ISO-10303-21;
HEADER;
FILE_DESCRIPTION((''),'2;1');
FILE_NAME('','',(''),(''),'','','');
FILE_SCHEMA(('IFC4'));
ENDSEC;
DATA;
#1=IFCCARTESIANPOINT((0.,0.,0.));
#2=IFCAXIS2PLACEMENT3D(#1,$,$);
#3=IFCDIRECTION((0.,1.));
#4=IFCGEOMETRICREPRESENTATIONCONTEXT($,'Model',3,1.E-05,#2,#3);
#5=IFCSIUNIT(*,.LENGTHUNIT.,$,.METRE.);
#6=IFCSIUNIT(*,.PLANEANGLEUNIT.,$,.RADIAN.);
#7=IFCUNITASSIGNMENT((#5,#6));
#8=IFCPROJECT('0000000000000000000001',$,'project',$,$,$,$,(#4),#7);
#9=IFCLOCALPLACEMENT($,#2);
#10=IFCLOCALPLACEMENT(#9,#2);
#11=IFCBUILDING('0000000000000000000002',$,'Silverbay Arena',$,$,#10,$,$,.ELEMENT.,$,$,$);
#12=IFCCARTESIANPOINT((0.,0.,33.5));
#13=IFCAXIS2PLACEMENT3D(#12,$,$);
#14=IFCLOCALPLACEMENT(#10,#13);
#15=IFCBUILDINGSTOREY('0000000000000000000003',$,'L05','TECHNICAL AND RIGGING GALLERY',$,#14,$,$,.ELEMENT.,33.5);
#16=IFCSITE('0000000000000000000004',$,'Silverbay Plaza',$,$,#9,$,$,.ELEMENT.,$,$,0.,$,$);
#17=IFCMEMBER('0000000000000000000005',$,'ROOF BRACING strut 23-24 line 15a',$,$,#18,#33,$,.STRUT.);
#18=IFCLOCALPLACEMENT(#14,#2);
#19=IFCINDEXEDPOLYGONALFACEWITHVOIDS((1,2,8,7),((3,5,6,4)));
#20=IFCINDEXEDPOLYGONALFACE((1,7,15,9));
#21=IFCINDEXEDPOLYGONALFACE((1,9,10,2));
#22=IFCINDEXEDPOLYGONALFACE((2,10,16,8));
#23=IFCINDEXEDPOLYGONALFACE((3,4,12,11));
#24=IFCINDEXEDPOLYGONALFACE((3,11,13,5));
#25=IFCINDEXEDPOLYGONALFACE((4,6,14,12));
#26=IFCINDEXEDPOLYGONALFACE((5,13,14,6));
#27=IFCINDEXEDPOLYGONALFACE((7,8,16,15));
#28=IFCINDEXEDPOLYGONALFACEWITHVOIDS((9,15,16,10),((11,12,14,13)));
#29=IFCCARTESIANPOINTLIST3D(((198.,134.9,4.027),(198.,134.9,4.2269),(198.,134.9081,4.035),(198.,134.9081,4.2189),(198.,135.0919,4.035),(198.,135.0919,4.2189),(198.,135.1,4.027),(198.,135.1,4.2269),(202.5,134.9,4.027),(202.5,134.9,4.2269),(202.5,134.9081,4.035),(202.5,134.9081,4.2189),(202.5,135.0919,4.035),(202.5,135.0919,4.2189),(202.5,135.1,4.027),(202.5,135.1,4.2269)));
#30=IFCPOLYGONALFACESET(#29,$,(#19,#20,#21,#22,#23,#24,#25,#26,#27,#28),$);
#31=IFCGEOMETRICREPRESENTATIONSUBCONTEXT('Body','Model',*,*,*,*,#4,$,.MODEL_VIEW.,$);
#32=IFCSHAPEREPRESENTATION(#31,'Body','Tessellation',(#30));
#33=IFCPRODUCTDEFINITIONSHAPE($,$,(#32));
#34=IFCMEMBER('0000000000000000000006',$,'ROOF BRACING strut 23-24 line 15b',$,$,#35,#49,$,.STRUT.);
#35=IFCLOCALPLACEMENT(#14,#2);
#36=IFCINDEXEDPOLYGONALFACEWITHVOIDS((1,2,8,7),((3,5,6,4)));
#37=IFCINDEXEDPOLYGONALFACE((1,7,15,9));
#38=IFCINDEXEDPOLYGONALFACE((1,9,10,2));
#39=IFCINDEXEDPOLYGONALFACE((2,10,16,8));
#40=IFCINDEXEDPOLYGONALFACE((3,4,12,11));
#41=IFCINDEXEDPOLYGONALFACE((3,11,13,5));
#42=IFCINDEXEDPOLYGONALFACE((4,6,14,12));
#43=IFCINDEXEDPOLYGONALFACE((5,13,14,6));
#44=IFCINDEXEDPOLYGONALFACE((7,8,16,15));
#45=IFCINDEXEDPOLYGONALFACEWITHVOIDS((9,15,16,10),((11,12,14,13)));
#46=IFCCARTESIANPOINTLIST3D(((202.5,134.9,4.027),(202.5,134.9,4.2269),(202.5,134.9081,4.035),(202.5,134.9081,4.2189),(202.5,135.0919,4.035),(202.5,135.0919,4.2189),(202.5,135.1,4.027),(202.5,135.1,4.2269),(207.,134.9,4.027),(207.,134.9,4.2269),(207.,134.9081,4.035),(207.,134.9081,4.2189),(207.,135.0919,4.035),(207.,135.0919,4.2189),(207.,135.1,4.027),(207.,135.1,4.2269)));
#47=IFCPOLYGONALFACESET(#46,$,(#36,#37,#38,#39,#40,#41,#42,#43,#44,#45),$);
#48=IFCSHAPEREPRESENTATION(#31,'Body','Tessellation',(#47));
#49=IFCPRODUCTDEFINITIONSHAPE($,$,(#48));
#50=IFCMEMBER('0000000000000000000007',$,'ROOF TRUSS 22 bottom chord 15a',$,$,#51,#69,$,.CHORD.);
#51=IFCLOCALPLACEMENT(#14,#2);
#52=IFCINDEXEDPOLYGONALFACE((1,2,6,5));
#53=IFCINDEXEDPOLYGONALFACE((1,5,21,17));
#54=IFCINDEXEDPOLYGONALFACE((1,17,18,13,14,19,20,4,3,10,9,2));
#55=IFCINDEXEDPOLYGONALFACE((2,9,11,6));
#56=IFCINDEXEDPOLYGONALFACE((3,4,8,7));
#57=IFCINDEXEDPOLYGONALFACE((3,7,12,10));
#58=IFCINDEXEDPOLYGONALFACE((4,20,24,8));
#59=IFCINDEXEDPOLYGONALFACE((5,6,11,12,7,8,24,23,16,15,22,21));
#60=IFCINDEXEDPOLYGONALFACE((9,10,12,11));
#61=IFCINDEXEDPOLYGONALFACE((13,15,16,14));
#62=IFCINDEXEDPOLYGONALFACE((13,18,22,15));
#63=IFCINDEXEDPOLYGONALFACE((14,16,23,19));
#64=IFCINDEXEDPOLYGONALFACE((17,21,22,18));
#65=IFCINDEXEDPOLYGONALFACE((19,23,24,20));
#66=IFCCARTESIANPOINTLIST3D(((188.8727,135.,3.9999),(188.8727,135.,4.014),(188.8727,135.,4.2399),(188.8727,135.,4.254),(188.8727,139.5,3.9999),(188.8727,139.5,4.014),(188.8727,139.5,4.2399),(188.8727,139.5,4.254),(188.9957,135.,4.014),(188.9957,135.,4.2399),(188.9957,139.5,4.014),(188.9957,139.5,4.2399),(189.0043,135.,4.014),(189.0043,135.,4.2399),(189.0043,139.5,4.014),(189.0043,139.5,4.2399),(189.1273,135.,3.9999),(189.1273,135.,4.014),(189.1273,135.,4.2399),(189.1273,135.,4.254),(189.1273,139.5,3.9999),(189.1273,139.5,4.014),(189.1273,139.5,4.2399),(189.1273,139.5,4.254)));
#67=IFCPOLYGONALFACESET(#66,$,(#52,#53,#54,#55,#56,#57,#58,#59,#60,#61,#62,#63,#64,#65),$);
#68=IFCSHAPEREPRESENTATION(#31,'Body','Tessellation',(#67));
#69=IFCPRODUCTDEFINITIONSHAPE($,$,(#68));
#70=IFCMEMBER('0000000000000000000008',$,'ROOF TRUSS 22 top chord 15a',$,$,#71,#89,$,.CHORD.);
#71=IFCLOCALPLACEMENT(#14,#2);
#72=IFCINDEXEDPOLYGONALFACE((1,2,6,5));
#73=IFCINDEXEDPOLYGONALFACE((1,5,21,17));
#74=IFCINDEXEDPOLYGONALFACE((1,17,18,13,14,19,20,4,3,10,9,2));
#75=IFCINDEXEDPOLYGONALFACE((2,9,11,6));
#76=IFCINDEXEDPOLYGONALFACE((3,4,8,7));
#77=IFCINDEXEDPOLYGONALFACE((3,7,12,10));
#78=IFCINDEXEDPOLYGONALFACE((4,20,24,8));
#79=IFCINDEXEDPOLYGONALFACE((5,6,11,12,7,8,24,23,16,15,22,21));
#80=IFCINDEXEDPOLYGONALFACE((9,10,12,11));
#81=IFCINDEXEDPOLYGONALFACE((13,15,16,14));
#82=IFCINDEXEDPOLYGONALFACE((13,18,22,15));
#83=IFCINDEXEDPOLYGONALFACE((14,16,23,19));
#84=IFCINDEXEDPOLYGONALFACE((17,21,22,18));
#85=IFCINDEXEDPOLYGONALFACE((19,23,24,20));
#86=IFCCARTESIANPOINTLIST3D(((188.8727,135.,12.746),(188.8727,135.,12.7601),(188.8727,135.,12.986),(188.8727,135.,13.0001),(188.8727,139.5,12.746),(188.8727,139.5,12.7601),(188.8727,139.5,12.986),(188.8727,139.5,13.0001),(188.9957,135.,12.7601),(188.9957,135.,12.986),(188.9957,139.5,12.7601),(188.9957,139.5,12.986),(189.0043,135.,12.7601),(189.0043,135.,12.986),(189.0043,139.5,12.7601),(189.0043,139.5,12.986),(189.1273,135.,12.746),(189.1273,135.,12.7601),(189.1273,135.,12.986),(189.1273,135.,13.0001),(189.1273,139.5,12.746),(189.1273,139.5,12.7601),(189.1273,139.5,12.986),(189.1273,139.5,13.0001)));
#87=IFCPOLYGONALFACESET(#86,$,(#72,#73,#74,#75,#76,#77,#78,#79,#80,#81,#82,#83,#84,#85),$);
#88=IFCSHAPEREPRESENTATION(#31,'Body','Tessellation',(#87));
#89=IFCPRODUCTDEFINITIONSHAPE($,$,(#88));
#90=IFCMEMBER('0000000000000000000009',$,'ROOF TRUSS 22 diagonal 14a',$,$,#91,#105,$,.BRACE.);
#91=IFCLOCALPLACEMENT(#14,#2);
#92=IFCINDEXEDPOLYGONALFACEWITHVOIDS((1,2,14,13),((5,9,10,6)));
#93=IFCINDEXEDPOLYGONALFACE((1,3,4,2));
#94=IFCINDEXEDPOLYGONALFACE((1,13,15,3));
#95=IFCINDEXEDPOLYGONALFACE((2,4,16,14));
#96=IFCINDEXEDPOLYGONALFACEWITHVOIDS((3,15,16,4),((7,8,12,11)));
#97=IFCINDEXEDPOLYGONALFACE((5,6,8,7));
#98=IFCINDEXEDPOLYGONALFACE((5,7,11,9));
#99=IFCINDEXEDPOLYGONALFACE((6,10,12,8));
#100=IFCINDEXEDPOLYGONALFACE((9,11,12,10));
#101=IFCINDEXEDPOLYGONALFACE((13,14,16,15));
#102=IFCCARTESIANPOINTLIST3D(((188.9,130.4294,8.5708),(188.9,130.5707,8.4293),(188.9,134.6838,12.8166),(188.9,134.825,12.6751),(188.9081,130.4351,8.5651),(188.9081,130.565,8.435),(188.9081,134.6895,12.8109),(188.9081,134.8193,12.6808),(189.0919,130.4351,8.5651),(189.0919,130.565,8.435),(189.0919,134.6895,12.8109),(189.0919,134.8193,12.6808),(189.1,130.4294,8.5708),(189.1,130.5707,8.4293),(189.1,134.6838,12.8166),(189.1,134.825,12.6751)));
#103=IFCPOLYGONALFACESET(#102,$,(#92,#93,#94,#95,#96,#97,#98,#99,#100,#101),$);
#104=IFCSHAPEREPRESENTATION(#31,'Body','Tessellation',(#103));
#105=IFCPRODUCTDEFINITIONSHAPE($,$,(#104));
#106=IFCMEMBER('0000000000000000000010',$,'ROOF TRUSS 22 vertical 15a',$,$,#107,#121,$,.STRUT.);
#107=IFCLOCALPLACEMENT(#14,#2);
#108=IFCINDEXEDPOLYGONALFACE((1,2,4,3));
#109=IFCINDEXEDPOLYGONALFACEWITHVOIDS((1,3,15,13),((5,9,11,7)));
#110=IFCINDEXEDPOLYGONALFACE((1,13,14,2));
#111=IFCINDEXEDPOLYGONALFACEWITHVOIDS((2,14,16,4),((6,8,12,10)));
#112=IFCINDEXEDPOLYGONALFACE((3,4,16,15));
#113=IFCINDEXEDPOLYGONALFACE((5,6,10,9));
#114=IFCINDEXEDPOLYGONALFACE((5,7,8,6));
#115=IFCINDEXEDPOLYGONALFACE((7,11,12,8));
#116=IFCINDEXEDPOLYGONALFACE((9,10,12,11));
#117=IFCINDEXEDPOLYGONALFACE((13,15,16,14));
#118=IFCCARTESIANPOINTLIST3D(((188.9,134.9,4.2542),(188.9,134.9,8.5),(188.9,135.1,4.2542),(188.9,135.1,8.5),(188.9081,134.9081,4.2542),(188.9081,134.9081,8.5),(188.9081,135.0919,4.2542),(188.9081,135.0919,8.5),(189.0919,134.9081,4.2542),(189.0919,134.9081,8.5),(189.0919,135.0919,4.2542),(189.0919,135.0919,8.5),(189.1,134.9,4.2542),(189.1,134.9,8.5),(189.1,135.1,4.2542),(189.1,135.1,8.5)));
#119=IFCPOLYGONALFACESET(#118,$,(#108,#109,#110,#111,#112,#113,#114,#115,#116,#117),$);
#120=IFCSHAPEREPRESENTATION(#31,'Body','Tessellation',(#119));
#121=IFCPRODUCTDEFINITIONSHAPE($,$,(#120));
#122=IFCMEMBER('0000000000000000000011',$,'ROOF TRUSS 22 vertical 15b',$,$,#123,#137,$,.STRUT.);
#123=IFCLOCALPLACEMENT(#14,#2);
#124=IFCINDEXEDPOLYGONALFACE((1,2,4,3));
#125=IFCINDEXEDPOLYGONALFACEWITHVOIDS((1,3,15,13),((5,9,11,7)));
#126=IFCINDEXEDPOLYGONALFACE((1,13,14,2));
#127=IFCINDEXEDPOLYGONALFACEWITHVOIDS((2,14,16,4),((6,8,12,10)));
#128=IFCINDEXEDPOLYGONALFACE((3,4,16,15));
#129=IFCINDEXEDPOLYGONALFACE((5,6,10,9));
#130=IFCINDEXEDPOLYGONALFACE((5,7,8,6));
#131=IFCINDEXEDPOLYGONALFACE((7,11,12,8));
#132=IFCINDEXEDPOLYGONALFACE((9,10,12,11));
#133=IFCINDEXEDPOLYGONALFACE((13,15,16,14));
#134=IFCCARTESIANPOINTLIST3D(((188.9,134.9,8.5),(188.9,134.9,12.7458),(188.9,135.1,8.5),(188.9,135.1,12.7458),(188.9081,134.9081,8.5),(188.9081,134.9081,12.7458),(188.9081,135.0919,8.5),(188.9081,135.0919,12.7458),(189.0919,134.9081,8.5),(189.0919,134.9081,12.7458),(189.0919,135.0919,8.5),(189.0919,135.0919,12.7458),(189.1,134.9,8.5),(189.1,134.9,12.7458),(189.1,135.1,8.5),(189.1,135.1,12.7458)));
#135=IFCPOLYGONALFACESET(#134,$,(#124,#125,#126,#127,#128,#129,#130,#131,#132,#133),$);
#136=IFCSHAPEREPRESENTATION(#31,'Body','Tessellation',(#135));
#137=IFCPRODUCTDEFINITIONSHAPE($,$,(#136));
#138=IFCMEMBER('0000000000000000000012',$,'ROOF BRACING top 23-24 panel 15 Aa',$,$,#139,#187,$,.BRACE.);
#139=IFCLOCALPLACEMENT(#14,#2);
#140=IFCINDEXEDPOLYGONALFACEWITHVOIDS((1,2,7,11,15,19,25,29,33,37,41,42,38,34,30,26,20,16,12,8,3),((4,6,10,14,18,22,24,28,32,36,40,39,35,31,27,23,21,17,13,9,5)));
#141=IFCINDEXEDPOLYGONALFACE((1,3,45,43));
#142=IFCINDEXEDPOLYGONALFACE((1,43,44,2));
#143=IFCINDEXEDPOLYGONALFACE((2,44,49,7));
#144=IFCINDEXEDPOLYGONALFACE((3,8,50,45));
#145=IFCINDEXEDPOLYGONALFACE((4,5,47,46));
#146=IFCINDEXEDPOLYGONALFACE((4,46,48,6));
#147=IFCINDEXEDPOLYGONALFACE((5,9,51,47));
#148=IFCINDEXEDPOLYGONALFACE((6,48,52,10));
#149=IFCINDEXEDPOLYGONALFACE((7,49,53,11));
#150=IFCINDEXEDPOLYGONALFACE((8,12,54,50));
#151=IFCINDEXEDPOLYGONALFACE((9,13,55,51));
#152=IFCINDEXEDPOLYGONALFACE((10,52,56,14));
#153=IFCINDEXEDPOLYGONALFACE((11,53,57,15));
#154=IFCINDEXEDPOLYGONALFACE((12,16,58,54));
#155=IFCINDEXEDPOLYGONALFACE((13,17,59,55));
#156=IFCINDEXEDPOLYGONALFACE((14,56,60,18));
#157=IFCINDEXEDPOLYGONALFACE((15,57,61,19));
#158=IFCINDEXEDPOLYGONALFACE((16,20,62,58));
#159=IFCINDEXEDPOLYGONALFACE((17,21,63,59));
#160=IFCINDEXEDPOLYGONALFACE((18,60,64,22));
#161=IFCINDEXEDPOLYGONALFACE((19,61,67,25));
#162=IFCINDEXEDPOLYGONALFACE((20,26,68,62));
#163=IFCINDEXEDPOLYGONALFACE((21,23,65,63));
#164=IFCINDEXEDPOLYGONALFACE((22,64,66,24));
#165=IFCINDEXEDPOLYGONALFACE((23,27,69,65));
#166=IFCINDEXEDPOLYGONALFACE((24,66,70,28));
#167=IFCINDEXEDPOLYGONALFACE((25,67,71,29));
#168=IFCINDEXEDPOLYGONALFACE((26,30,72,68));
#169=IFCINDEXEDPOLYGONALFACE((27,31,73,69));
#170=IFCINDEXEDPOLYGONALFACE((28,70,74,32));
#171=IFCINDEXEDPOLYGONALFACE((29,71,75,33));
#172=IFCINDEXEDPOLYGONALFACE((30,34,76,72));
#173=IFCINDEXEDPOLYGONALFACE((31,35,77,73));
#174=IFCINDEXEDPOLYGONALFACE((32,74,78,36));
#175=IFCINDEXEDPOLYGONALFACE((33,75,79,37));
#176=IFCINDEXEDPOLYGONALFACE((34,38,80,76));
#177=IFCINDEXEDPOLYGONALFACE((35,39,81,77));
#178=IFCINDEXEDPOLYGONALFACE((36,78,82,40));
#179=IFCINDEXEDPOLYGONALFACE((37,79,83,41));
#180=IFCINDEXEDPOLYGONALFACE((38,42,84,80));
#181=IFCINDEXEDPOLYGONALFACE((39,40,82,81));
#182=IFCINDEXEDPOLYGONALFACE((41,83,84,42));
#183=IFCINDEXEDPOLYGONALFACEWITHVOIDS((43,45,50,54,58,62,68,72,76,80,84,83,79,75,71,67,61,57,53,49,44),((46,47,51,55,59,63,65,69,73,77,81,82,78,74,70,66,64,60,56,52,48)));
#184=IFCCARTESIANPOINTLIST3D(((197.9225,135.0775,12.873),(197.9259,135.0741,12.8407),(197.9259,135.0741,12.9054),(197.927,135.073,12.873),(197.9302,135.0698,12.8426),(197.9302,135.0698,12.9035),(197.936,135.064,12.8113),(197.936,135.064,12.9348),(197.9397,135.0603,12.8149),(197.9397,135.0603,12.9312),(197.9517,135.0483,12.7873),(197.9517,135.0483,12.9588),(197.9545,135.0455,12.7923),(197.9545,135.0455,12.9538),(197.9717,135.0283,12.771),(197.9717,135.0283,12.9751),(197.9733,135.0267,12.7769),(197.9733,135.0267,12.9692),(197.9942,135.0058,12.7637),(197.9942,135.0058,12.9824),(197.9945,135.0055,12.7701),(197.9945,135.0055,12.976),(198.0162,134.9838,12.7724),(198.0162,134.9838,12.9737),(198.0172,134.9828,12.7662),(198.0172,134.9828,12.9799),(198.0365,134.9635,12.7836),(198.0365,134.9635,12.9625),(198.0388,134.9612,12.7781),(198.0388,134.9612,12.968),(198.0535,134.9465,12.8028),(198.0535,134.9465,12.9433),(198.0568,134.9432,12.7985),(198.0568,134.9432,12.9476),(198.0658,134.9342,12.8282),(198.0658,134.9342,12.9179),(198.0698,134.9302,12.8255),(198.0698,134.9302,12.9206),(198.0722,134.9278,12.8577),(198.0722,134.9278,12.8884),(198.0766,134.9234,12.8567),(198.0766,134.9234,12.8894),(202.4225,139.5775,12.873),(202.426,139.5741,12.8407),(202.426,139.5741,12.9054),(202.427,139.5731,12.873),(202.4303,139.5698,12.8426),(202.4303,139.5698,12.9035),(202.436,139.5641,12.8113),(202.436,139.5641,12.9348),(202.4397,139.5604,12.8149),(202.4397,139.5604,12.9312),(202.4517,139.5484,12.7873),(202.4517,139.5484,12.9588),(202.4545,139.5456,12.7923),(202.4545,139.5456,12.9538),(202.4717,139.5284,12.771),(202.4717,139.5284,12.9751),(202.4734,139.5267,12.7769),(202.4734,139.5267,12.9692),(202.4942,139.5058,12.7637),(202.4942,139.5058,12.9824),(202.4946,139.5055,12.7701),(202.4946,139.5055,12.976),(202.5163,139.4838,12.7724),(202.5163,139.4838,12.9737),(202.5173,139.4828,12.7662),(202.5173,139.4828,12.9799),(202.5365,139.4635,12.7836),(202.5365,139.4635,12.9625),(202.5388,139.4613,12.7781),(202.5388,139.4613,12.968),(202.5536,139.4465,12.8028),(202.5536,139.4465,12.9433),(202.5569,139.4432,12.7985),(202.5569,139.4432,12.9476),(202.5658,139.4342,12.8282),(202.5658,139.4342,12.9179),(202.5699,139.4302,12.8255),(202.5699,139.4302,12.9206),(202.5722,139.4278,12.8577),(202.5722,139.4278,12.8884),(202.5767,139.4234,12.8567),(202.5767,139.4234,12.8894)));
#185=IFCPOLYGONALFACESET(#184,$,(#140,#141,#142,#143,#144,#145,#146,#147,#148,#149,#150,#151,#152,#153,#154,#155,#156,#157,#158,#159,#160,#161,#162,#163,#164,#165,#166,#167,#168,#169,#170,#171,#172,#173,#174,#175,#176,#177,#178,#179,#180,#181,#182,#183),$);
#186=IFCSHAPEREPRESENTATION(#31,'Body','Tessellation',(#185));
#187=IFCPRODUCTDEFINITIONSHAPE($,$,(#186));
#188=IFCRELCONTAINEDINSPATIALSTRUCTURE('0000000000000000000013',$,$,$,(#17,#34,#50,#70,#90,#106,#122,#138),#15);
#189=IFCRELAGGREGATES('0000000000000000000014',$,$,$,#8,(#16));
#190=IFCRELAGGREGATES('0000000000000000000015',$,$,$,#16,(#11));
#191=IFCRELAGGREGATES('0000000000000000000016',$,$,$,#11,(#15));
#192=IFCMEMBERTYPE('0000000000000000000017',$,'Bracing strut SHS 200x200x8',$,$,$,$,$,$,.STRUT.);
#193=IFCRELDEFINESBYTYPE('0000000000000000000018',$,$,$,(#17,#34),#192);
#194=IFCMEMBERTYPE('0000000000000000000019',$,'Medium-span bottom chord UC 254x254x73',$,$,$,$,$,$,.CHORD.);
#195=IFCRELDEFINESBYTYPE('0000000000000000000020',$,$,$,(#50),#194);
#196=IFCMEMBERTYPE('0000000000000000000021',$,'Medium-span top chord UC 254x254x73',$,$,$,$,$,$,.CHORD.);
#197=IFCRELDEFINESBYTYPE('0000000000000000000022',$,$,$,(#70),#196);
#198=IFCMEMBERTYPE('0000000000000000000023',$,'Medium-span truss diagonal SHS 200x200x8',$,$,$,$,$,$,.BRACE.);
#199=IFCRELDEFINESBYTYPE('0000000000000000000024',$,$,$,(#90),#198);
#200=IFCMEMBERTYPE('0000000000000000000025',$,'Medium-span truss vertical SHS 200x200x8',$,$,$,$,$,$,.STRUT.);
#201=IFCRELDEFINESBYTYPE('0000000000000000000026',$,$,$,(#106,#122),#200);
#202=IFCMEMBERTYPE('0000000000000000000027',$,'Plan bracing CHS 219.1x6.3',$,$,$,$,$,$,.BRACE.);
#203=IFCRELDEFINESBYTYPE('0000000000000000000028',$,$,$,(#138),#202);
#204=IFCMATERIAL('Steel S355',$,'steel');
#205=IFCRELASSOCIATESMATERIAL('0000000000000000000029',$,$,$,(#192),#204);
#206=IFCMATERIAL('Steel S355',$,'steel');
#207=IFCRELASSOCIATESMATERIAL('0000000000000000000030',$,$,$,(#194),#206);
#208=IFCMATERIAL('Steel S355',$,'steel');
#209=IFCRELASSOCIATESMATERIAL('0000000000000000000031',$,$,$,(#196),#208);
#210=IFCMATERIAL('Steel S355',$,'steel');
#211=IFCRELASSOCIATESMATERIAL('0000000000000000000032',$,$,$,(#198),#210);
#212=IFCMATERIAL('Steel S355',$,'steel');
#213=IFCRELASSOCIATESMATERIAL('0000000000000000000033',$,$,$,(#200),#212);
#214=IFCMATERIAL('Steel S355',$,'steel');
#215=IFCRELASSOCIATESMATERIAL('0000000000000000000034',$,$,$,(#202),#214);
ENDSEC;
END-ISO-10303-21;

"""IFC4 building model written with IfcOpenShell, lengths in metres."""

from ifc_helpers import new_model, si_unit, direction, frame, origin, origin_2d, place, context, subcontext, project, spatial, hollow_rectangle, hollow_circle, i_section, extrude, material, material_profile, profile_set, type_object, element, save


model = new_model("IFC4")

# Units and contexts
model_context = context("Model", 3, precision=1e-05, world=origin(), true_north=direction((0.0, 1.0)))
body_context = subcontext(model_context, "Body", "Model", "MODEL_VIEW")
ifc_project = project(units=[si_unit("LENGTHUNIT", "METRE"), si_unit("PLANEANGLEUNIT", "RADIAN")], contexts=[model_context])

# Site, building, storey
site_placement = place(None, origin())
site = spatial("IfcSite", under=ifc_project, at=site_placement, Name="Silverbay Plaza", CompositionType="ELEMENT", RefElevation=0.0)
building_placement = place(site_placement, origin())
building = spatial("IfcBuilding", under=site, at=building_placement, Name="Silverbay Arena", CompositionType="ELEMENT")
storey_placement = place(building_placement, frame((0.0, 0.0, 33.5)))
storey = spatial("IfcBuildingStorey", under=building, at=storey_placement, Name="L05", Description="TECHNICAL AND RIGGING GALLERY", CompositionType="ELEMENT", Elevation=33.5)

# Members
ifc_material_1 = material(Name="Steel S355", Category="steel")
ifc_material_profile_1 = material_profile(ifc_material_1, hollow_rectangle(XDim=0.2, YDim=0.2, WallThickness=0.0081, at=origin_2d()), Name="SHS 200x200x8")
ifc_profile_set_1 = profile_set([ifc_material_profile_1], Name="Steel S355")
member_type_1 = type_object("IfcMemberType", Name="Bracing strut SHS 200x200x8", PredefinedType="STRUT", material=ifc_profile_set_1)
for number, where, z_axis, x_axis, name in (
    (1, (198.0, 135.0, 4.127), (1.0, 0.0, 0.0), (0.0, 1.0, 0.0), "ROOF BRACING strut 23-24 line 15a"),
    (2, (202.5, 135.0, 4.127), (1.0, 0.0, 0.0), (0.0, 1.0, 0.0), "ROOF BRACING strut 23-24 line 15b"),
):
    element("IfcMember", number, at=place(storey_placement, frame(where, z_axis=z_axis, x_axis=x_axis)), inside=storey, type_object=member_type_1, Name=name, PredefinedType="STRUT", context=body_context, shape_type="SweptSolid", body=[
        extrude(hollow_rectangle(XDim=0.2, YDim=0.2, WallThickness=0.0081, at=origin_2d()), origin(), (0.0, 0.0, 1.0), 4.5),
    ])
ifc_material_2 = material(Name="Steel S355", Category="steel")
ifc_material_profile_2 = material_profile(ifc_material_2, i_section(OverallWidth=0.2546, OverallDepth=0.2542, WebThickness=0.0085, FlangeThickness=0.0142, at=origin_2d()), Name="UC 254x254x73")
ifc_profile_set_2 = profile_set([ifc_material_profile_2], Name="Steel S355")
member_type_2 = type_object("IfcMemberType", Name="Medium-span bottom chord UC 254x254x73", PredefinedType="CHORD", material=ifc_profile_set_2)
member_1_placement = place(storey_placement, frame((189.0, 135.0, 4.127), z_axis=(0.0, 1.0, 0.0), x_axis=(-1.0, 0.0, 0.0)))
element("IfcMember", 3, at=member_1_placement, inside=storey, type_object=member_type_2, Name="ROOF TRUSS 22 bottom chord 15a", PredefinedType="CHORD", context=body_context, shape_type="SweptSolid", body=[
    extrude(i_section(OverallWidth=0.2546, OverallDepth=0.2542, WebThickness=0.0085, FlangeThickness=0.0142, at=origin_2d()), origin(), (0.0, 0.0, 1.0), 4.5),
])
ifc_material_3 = material(Name="Steel S355", Category="steel")
ifc_material_profile_3 = material_profile(ifc_material_3, i_section(OverallWidth=0.2546, OverallDepth=0.2542, WebThickness=0.0085, FlangeThickness=0.0142, at=origin_2d()), Name="UC 254x254x73")
ifc_profile_set_3 = profile_set([ifc_material_profile_3], Name="Steel S355")
member_type_3 = type_object("IfcMemberType", Name="Medium-span top chord UC 254x254x73", PredefinedType="CHORD", material=ifc_profile_set_3)
member_2_placement = place(storey_placement, frame((189.0, 135.0, 12.873), z_axis=(0.0, 1.0, 0.0), x_axis=(-1.0, 0.0, 0.0)))
element("IfcMember", 4, at=member_2_placement, inside=storey, type_object=member_type_3, Name="ROOF TRUSS 22 top chord 15a", PredefinedType="CHORD", context=body_context, shape_type="SweptSolid", body=[
    extrude(i_section(OverallWidth=0.2546, OverallDepth=0.2542, WebThickness=0.0085, FlangeThickness=0.0142, at=origin_2d()), origin(), (0.0, 0.0, 1.0), 4.5),
])
ifc_material_4 = material(Name="Steel S355", Category="steel")
ifc_material_profile_4 = material_profile(ifc_material_4, hollow_rectangle(XDim=0.2, YDim=0.2, WallThickness=0.0081, at=origin_2d()), Name="SHS 200x200x8")
ifc_profile_set_4 = profile_set([ifc_material_profile_4], Name="Steel S355")
member_type_4 = type_object("IfcMemberType", Name="Medium-span truss diagonal SHS 200x200x8", PredefinedType="BRACE", material=ifc_profile_set_4)
member_3_placement = place(storey_placement, frame((189.0, 134.7544, 12.7458), z_axis=(0.0, -0.707817, -0.706396), x_axis=(1.0, 0.0, 0.0)))
element("IfcMember", 5, at=member_3_placement, inside=storey, type_object=member_type_4, Name="ROOF TRUSS 22 diagonal 14a", PredefinedType="BRACE", context=body_context, shape_type="SweptSolid", body=[
    extrude(hollow_rectangle(XDim=0.2, YDim=0.2, WallThickness=0.0081, at=origin_2d()), origin(), (0.0, 0.0, 1.0), 6.0105),
])
ifc_material_5 = material(Name="Steel S355", Category="steel")
ifc_material_profile_5 = material_profile(ifc_material_5, hollow_rectangle(XDim=0.2, YDim=0.2, WallThickness=0.0081, at=origin_2d()), Name="SHS 200x200x8")
ifc_profile_set_5 = profile_set([ifc_material_profile_5], Name="Steel S355")
member_type_5 = type_object("IfcMemberType", Name="Medium-span truss vertical SHS 200x200x8", PredefinedType="STRUT", material=ifc_profile_set_5)
for number, where, z_axis, x_axis, name in (
    (6, (189.0, 135.0, 4.2542), (0.0, 0.0, 1.0), (1.0, 0.0, 0.0), "ROOF TRUSS 22 vertical 15a"),
    (7, (189.0, 135.0, 8.5), (0.0, 0.0, 1.0), (1.0, 0.0, 0.0), "ROOF TRUSS 22 vertical 15b"),
):
    element("IfcMember", number, at=place(storey_placement, frame(where, z_axis=z_axis, x_axis=x_axis)), inside=storey, type_object=member_type_5, Name=name, PredefinedType="STRUT", context=body_context, shape_type="SweptSolid", body=[
        extrude(hollow_rectangle(XDim=0.2, YDim=0.2, WallThickness=0.0081, at=origin_2d()), origin(), (0.0, 0.0, 1.0), 4.2458),
    ])
ifc_material_6 = material(Name="Steel S355", Category="steel")
ifc_material_profile_6 = material_profile(ifc_material_6, hollow_circle(Radius=0.1096, WallThickness=0.0063, at=origin_2d()), Name="CHS 219.1x6.3")
ifc_profile_set_6 = profile_set([ifc_material_profile_6], Name="Steel S355")
member_type_6 = type_object("IfcMemberType", Name="Plan bracing CHS 219.1x6.3", PredefinedType="BRACE", material=ifc_profile_set_6)
for number, where, z_axis, x_axis, name in (
    (8, (198.0, 135.0, 12.873), (0.707107, 0.707107, 0.0), (-0.707107, 0.707107, 0.0), "ROOF BRACING top 23-24 panel 15 Aa"),
):
    element("IfcMember", number, at=place(storey_placement, frame(where, z_axis=z_axis, x_axis=x_axis)), inside=storey, type_object=member_type_6, Name=name, PredefinedType="BRACE", context=body_context, shape_type="SweptSolid", body=[
        extrude(hollow_circle(Radius=0.1096, WallThickness=0.0063, at=origin_2d()), origin(), (0.0, 0.0, 1.0), 6.364),
    ])

save(model, "model.ifc")
